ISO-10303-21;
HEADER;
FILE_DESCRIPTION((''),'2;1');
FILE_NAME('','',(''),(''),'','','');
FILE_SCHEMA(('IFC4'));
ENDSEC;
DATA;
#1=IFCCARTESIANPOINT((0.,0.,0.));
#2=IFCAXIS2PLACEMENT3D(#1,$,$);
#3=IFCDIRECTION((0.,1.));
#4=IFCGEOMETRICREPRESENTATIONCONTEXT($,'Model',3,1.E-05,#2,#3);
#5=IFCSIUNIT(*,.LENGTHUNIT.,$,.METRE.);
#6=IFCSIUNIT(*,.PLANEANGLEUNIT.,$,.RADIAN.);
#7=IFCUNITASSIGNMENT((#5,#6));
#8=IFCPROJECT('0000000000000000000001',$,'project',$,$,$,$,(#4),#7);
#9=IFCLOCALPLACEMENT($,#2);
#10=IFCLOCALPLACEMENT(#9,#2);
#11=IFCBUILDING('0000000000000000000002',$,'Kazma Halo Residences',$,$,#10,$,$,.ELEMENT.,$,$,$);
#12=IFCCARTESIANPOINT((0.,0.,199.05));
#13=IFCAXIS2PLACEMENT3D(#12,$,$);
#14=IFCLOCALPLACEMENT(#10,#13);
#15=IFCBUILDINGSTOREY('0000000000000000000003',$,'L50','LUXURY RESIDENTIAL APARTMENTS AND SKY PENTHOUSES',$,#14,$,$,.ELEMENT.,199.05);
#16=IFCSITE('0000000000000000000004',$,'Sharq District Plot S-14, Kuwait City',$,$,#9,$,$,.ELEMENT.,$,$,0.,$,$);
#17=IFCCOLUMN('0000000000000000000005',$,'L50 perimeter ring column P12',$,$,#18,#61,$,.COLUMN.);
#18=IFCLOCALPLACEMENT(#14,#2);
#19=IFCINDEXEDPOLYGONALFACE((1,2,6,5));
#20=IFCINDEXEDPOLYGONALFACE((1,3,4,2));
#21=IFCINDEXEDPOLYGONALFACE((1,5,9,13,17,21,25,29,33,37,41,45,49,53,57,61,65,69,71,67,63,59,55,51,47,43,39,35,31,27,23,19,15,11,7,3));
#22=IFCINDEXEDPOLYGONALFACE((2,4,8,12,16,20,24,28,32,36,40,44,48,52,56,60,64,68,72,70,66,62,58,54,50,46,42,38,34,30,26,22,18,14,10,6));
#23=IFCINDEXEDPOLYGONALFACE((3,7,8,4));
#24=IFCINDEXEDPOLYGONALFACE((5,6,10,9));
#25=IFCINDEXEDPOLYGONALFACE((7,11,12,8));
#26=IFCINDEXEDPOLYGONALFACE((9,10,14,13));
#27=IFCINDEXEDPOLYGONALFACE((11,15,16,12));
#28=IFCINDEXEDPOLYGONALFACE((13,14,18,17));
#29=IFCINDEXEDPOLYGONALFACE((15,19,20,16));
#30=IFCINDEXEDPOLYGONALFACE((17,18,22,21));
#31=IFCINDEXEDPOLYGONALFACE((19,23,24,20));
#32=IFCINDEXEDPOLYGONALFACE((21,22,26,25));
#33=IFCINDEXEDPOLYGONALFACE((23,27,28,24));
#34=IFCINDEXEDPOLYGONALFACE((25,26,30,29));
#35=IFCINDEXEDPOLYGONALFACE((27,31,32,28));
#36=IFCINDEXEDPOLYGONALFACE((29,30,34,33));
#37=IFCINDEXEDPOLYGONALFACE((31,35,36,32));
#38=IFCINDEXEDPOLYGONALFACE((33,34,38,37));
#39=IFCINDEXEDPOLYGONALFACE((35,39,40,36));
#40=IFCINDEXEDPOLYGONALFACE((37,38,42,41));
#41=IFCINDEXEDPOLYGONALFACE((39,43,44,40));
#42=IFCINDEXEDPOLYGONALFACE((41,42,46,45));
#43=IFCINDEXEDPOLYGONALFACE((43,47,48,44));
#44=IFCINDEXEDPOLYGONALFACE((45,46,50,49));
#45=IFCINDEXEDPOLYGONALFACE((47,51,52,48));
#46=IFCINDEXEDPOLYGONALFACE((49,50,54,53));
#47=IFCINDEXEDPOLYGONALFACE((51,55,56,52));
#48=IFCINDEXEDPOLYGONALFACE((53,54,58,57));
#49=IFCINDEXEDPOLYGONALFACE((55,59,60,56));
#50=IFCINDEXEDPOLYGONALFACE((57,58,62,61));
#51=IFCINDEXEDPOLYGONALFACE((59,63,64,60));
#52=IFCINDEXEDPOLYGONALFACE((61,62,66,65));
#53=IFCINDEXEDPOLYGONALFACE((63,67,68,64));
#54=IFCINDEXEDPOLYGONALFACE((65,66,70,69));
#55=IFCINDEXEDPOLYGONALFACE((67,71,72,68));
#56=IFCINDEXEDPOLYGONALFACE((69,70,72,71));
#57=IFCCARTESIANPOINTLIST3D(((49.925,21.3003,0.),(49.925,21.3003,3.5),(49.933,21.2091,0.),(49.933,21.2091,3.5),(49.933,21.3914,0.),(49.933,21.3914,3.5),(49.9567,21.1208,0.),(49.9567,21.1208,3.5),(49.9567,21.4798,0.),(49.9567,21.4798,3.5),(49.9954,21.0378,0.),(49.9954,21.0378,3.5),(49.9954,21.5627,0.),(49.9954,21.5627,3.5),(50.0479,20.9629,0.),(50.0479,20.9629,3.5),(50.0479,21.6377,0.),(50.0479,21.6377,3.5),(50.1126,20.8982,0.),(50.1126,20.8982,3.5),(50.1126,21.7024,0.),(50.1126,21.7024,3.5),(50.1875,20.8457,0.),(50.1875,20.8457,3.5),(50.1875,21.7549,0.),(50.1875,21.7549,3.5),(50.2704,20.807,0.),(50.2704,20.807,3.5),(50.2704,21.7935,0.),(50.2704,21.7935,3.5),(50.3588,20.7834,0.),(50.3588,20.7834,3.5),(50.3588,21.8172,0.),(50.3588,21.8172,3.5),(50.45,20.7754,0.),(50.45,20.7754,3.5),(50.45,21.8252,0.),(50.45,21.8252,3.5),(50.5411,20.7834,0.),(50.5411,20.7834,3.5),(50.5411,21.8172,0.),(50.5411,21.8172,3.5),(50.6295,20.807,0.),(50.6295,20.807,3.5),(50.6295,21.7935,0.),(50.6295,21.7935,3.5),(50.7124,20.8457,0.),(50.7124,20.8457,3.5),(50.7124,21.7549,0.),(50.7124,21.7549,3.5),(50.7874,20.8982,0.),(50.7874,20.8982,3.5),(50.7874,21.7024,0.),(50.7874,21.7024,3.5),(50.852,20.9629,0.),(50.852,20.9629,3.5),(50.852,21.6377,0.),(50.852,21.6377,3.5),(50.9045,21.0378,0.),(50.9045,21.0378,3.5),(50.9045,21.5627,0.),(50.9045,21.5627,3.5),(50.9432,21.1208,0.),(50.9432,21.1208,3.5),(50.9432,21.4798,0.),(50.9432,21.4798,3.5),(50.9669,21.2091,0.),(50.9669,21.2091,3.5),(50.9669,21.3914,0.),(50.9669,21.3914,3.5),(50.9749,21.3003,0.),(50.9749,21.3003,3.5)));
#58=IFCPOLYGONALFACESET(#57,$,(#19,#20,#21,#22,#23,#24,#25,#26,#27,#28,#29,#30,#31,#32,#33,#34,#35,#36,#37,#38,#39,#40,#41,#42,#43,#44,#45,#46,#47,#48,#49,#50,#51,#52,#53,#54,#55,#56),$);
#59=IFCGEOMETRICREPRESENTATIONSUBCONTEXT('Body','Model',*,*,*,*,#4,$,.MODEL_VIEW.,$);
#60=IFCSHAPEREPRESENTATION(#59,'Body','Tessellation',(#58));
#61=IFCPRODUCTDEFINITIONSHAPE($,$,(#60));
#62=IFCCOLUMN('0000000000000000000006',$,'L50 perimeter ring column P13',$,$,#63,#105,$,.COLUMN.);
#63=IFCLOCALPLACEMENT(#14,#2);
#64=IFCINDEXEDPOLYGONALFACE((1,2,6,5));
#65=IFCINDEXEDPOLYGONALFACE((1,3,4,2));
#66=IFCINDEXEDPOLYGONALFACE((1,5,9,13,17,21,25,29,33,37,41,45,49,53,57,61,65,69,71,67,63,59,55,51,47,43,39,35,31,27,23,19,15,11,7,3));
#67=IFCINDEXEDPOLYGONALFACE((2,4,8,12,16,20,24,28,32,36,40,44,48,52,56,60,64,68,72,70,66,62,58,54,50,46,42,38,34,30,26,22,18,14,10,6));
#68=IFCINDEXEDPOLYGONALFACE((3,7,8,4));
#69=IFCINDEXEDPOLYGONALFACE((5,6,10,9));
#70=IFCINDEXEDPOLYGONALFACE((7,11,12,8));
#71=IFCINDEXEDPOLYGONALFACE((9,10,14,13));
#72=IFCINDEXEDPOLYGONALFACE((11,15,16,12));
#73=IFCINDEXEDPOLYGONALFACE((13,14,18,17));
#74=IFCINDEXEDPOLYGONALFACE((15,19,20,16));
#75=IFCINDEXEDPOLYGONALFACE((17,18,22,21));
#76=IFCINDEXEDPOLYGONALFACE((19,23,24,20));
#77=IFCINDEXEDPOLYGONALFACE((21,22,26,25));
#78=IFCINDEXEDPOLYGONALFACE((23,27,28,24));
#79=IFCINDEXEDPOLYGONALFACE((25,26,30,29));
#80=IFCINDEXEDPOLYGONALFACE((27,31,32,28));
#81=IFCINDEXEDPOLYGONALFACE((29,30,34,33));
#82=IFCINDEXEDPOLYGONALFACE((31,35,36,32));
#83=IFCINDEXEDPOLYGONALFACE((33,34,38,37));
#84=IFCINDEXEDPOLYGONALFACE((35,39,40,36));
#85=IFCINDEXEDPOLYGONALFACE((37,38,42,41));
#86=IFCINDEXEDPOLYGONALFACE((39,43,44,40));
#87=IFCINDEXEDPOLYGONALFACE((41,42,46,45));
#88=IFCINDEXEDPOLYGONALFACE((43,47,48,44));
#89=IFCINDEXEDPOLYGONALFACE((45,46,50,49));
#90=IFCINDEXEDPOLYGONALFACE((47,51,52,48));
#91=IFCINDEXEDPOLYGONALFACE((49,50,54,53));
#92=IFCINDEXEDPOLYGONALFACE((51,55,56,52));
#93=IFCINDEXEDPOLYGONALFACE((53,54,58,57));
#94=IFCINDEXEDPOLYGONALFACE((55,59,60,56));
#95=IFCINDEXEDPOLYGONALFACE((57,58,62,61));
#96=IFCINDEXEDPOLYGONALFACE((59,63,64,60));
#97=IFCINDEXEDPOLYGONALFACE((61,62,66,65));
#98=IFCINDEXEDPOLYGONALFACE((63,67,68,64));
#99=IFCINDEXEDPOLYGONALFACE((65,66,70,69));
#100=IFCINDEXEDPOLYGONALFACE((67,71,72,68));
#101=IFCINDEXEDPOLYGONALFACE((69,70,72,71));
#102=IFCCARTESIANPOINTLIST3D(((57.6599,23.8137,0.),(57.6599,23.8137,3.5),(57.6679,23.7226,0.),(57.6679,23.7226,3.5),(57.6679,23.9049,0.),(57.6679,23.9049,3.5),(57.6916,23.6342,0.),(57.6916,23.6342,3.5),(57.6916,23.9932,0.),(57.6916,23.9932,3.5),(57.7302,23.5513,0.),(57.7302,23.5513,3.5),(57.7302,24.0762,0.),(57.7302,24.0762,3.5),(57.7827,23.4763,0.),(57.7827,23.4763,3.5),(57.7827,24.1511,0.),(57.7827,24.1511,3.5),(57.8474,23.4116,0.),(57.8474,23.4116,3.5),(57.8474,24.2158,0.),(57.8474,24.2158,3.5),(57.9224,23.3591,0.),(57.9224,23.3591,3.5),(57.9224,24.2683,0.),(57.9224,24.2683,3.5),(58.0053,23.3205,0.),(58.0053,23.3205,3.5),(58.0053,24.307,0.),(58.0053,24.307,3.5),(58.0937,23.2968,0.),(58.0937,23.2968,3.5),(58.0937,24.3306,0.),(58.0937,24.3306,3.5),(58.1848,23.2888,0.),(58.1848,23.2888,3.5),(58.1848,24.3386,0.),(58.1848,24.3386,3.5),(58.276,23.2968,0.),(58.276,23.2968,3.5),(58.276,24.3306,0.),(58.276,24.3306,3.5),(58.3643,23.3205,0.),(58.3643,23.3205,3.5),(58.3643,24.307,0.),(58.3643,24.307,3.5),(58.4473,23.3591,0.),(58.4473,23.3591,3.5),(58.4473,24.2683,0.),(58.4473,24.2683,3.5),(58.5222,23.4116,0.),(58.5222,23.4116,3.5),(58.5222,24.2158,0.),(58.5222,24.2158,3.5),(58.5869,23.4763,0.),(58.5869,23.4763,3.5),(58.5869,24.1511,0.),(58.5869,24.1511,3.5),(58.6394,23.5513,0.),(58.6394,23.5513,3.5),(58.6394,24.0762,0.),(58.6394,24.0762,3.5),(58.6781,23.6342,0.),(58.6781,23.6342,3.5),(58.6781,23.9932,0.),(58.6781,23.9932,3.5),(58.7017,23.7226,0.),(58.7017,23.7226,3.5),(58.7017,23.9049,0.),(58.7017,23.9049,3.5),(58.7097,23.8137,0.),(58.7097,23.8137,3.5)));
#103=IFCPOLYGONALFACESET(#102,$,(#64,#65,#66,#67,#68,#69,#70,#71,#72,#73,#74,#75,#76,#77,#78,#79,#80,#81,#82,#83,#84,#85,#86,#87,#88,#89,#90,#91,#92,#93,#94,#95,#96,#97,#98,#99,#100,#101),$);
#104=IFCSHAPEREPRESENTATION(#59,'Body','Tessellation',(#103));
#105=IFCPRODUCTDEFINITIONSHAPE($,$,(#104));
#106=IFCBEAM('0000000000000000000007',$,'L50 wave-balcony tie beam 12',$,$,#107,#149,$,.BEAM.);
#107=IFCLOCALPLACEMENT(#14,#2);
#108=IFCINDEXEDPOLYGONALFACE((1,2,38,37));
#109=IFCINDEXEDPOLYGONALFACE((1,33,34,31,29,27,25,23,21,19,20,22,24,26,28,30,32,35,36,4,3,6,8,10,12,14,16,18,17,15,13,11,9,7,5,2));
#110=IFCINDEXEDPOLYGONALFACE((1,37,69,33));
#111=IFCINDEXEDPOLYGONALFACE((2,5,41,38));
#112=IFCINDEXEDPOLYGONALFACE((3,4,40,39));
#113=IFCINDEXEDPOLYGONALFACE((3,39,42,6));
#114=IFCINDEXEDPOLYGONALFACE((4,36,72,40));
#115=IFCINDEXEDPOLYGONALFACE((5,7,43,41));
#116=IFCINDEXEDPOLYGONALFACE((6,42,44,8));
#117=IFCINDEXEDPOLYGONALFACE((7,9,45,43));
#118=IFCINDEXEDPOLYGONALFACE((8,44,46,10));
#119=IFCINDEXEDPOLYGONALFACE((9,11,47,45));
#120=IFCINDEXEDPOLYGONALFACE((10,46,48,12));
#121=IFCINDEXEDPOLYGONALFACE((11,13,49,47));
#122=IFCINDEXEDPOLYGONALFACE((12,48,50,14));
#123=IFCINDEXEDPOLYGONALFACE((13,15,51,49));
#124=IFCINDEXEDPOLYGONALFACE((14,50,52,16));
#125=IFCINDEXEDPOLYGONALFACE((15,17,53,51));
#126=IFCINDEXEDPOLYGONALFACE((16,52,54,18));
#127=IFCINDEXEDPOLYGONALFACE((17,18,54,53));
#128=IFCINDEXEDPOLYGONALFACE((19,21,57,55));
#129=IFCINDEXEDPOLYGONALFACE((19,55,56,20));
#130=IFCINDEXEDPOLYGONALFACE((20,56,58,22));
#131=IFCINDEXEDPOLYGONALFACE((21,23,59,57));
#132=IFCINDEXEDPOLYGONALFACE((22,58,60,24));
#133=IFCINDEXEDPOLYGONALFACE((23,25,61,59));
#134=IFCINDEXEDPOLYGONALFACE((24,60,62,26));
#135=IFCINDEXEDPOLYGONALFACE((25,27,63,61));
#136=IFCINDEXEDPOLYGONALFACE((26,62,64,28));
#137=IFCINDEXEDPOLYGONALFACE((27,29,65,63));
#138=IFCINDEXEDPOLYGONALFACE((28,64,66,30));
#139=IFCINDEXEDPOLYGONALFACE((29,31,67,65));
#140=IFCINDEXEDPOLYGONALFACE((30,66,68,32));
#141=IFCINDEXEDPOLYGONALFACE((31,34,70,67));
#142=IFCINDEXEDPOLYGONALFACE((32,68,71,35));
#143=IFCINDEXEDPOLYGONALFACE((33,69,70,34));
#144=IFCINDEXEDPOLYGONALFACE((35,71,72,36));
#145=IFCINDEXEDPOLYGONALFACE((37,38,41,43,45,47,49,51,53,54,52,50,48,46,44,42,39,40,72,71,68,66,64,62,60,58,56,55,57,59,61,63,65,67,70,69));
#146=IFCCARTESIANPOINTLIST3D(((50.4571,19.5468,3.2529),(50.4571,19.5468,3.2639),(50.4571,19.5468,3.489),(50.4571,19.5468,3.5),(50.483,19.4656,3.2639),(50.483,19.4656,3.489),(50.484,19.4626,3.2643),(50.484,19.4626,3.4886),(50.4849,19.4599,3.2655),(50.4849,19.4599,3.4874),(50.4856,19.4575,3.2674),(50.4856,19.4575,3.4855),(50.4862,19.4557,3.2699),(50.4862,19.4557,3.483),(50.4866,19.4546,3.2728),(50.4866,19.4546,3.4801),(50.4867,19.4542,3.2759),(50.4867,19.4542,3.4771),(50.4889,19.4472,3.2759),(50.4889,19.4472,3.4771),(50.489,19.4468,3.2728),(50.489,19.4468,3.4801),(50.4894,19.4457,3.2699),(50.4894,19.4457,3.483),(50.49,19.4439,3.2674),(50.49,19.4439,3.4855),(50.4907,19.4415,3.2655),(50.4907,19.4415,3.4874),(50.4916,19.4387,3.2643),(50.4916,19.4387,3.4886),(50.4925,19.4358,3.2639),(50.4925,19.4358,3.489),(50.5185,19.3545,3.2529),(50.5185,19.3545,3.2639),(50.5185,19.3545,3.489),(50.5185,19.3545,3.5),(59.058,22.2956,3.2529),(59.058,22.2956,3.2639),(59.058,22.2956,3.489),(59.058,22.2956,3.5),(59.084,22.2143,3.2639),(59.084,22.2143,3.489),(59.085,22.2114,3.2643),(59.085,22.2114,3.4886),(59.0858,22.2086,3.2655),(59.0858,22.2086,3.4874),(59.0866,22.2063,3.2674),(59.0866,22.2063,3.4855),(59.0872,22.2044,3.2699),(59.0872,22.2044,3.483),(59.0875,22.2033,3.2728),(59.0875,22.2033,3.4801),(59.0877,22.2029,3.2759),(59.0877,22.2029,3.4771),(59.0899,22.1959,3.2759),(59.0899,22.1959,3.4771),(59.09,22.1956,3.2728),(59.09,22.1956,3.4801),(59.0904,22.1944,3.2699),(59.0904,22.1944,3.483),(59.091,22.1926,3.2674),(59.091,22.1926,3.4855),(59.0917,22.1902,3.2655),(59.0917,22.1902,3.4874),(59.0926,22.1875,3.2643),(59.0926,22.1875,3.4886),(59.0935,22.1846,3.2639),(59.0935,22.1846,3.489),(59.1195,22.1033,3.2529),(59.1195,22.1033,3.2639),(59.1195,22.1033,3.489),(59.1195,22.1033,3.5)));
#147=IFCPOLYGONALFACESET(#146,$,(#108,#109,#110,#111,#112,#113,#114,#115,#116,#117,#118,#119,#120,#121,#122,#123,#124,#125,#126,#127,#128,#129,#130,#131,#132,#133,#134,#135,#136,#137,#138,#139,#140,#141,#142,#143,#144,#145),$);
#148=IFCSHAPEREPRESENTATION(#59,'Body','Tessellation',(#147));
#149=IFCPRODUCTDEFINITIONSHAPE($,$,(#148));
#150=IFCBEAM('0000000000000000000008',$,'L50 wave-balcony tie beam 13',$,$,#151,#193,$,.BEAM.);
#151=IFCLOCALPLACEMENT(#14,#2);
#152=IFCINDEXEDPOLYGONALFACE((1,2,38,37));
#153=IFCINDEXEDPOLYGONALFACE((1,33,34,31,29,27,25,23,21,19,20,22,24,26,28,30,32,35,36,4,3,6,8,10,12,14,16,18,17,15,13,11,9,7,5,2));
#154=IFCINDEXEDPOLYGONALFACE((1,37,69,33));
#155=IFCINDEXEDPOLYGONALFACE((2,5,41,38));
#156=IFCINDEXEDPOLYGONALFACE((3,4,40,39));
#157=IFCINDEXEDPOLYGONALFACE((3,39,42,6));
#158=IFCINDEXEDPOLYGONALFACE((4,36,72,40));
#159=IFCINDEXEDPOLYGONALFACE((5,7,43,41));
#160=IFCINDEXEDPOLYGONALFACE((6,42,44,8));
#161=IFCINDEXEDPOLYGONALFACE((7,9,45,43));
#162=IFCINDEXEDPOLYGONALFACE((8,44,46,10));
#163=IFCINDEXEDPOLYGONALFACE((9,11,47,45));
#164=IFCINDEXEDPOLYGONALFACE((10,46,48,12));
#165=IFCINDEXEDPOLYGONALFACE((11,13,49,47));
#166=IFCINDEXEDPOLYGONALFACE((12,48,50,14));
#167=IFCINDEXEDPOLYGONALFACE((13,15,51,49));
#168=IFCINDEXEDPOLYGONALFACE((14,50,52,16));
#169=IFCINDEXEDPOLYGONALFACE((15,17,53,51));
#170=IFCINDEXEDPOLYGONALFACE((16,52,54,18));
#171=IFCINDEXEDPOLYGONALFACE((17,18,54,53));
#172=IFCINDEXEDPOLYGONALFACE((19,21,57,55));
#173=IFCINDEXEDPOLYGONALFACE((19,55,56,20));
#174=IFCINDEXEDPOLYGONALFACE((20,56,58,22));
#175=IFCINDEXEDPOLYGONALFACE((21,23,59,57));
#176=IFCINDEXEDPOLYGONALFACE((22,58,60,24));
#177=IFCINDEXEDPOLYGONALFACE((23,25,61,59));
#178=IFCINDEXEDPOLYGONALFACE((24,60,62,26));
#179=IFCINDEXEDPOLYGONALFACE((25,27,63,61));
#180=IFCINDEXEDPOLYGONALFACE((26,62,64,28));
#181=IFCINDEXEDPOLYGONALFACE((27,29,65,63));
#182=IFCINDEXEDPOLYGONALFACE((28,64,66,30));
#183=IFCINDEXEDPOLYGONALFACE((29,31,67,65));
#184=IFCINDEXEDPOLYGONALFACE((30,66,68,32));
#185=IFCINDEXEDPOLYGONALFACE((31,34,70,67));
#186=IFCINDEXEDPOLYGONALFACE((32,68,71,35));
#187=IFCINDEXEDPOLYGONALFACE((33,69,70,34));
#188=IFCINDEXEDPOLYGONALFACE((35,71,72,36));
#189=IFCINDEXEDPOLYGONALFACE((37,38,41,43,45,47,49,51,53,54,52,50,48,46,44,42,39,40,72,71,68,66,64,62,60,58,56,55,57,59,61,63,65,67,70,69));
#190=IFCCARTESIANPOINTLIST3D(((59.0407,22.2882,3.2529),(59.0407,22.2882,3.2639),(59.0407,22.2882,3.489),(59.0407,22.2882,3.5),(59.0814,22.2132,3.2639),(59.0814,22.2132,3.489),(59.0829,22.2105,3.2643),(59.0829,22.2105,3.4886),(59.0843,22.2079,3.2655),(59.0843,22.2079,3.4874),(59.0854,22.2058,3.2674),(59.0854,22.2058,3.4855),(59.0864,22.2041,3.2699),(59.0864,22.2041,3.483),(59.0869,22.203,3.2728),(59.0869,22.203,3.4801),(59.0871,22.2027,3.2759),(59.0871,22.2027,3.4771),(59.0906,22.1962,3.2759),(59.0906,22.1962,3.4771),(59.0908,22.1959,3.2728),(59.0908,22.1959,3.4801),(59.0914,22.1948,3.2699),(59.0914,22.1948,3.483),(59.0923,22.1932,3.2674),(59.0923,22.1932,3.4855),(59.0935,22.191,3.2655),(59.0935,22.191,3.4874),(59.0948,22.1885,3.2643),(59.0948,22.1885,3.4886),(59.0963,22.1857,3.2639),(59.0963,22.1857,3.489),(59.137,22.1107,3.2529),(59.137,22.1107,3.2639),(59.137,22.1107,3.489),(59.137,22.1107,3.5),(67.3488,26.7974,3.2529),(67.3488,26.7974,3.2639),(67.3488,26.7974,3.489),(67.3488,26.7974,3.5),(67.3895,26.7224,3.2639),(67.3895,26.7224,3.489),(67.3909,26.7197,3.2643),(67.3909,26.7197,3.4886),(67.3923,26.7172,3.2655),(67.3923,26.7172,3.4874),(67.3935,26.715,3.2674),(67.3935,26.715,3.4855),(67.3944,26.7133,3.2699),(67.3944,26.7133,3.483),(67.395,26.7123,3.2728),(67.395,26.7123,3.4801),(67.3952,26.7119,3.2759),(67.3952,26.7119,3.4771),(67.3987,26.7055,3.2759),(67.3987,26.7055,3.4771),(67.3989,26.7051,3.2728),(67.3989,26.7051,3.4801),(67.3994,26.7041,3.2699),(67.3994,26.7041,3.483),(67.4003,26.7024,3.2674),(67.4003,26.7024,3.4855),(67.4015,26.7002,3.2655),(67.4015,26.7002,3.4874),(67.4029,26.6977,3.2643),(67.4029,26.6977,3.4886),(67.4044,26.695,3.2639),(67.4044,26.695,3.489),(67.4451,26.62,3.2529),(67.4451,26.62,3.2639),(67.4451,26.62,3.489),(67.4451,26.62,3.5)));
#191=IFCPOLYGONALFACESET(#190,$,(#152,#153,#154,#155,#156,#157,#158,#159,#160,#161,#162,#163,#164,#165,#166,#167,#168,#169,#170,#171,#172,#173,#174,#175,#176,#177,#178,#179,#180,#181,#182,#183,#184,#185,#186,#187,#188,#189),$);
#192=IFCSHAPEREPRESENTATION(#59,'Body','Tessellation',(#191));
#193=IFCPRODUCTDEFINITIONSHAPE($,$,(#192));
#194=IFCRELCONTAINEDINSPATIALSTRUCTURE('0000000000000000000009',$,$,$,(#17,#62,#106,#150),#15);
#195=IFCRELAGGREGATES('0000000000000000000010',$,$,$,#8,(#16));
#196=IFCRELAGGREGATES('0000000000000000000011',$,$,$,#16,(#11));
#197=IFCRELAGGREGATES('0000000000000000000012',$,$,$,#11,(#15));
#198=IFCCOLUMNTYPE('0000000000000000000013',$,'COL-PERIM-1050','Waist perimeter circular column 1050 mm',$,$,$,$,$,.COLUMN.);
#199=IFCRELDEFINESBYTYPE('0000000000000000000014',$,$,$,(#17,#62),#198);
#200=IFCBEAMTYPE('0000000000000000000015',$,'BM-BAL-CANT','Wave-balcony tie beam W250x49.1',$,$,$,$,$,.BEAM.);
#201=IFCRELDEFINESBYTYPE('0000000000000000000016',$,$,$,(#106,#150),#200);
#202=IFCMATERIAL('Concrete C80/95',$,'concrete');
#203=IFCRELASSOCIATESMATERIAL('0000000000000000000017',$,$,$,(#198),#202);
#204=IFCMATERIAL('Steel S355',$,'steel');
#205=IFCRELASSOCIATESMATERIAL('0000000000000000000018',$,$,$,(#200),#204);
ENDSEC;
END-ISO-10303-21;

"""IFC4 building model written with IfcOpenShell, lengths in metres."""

from ifc_helpers import new_model, si_unit, direction, frame, origin, origin_2d, place, context, subcontext, project, spatial, circle, i_section, extrude, material, material_profile, profile_set, type_object, element, save


model = new_model("IFC4")

# Units and contexts
model_context = context("Model", 3, precision=1e-05, world=origin(), true_north=direction((0.0, 1.0)))
body_context = subcontext(model_context, "Body", "Model", "MODEL_VIEW")
ifc_project = project(units=[si_unit("LENGTHUNIT", "METRE"), si_unit("PLANEANGLEUNIT", "RADIAN")], contexts=[model_context])

# Site, building, storey
site_placement = place(None, origin())
site = spatial("IfcSite", under=ifc_project, at=site_placement, Name="Sharq District Plot S-14, Kuwait City", CompositionType="ELEMENT", RefElevation=0.0)
building_placement = place(site_placement, origin())
building = spatial("IfcBuilding", under=site, at=building_placement, Name="Kazma Halo Residences", CompositionType="ELEMENT")
storey_placement = place(building_placement, frame((0.0, 0.0, 199.05)))
storey = spatial("IfcBuildingStorey", under=building, at=storey_placement, Name="L50", Description="LUXURY RESIDENTIAL APARTMENTS AND SKY PENTHOUSES", CompositionType="ELEMENT", Elevation=199.05)

# Columns
ifc_material_1 = material(Name="Concrete C80/95", Category="concrete")
ifc_material_profile_1 = material_profile(ifc_material_1, circle(Radius=0.5249, at=origin_2d()), Name="CIRC1050")
ifc_profile_set_1 = profile_set([ifc_material_profile_1], Name="Concrete C80/95")
column_type = type_object("IfcColumnType", Name="COL-PERIM-1050", Description="Waist perimeter circular column 1050 mm", PredefinedType="COLUMN", material=ifc_profile_set_1)
for number, where, z_axis, x_axis, name in (
    (1, (50.45, 21.3003, 0.0), (0.0, 0.0, 1.0), (1.0, 0.0, 0.0), "L50 perimeter ring column P12"),
    (2, (58.1848, 23.8137, 0.0), (0.0, 0.0, 1.0), (1.0, 0.0, 0.0), "L50 perimeter ring column P13"),
):
    element("IfcColumn", number, at=place(storey_placement, frame(where, z_axis=z_axis, x_axis=x_axis)), inside=storey, type_object=column_type, Name=name, PredefinedType="COLUMN", context=body_context, shape_type="SweptSolid", body=[
        extrude(circle(Radius=0.5249, at=origin_2d()), origin(), (0.0, 0.0, 1.0), 3.5),
    ])

# Beams
ifc_material_2 = material(Name="Steel S355", Category="steel")
ifc_material_profile_2 = material_profile(ifc_material_2, i_section(OverallWidth=0.2019, OverallDepth=0.2471, WebThickness=0.0073, FlangeThickness=0.011, FilletRadius=0.012, at=origin_2d()), Name="W250x49.1")
ifc_profile_set_2 = profile_set([ifc_material_profile_2], Name="Steel S355")
beam_type_1 = type_object("IfcBeamType", Name="BM-BAL-CANT", Description="Wave-balcony tie beam W250x49.1", PredefinedType="BEAM", material=ifc_profile_set_2)
beam_1_placement = place(storey_placement, frame((50.4878, 19.4507, 3.3765), z_axis=(0.952539, 0.304418, 0.0), x_axis=(-0.304418, 0.952539, 0.0)))
element("IfcBeam", 3, at=beam_1_placement, inside=storey, type_object=beam_type_1, Name="L50 wave-balcony tie beam 12", PredefinedType="BEAM", context=body_context, shape_type="SweptSolid", body=[
    extrude(i_section(OverallWidth=0.2019, OverallDepth=0.2471, WebThickness=0.0073, FlangeThickness=0.011, FilletRadius=0.012, at=origin_2d()), origin(), (0.0, 0.0, 1.0), 9.0295),
])
beam_2_placement = place(storey_placement, frame((59.0889, 22.1995, 3.3765), z_axis=(0.878891, 0.477023, 0.0), x_axis=(-0.477023, 0.878891, 0.0)))
element("IfcBeam", 4, at=beam_2_placement, inside=storey, type_object=beam_type_1, Name="L50 wave-balcony tie beam 13", PredefinedType="BEAM", context=body_context, shape_type="SweptSolid", body=[
    extrude(i_section(OverallWidth=0.2019, OverallDepth=0.2471, WebThickness=0.0073, FlangeThickness=0.011, FilletRadius=0.012, at=origin_2d()), origin(), (0.0, 0.0, 1.0), 9.4529),
])

save(model, "model.ifc")
